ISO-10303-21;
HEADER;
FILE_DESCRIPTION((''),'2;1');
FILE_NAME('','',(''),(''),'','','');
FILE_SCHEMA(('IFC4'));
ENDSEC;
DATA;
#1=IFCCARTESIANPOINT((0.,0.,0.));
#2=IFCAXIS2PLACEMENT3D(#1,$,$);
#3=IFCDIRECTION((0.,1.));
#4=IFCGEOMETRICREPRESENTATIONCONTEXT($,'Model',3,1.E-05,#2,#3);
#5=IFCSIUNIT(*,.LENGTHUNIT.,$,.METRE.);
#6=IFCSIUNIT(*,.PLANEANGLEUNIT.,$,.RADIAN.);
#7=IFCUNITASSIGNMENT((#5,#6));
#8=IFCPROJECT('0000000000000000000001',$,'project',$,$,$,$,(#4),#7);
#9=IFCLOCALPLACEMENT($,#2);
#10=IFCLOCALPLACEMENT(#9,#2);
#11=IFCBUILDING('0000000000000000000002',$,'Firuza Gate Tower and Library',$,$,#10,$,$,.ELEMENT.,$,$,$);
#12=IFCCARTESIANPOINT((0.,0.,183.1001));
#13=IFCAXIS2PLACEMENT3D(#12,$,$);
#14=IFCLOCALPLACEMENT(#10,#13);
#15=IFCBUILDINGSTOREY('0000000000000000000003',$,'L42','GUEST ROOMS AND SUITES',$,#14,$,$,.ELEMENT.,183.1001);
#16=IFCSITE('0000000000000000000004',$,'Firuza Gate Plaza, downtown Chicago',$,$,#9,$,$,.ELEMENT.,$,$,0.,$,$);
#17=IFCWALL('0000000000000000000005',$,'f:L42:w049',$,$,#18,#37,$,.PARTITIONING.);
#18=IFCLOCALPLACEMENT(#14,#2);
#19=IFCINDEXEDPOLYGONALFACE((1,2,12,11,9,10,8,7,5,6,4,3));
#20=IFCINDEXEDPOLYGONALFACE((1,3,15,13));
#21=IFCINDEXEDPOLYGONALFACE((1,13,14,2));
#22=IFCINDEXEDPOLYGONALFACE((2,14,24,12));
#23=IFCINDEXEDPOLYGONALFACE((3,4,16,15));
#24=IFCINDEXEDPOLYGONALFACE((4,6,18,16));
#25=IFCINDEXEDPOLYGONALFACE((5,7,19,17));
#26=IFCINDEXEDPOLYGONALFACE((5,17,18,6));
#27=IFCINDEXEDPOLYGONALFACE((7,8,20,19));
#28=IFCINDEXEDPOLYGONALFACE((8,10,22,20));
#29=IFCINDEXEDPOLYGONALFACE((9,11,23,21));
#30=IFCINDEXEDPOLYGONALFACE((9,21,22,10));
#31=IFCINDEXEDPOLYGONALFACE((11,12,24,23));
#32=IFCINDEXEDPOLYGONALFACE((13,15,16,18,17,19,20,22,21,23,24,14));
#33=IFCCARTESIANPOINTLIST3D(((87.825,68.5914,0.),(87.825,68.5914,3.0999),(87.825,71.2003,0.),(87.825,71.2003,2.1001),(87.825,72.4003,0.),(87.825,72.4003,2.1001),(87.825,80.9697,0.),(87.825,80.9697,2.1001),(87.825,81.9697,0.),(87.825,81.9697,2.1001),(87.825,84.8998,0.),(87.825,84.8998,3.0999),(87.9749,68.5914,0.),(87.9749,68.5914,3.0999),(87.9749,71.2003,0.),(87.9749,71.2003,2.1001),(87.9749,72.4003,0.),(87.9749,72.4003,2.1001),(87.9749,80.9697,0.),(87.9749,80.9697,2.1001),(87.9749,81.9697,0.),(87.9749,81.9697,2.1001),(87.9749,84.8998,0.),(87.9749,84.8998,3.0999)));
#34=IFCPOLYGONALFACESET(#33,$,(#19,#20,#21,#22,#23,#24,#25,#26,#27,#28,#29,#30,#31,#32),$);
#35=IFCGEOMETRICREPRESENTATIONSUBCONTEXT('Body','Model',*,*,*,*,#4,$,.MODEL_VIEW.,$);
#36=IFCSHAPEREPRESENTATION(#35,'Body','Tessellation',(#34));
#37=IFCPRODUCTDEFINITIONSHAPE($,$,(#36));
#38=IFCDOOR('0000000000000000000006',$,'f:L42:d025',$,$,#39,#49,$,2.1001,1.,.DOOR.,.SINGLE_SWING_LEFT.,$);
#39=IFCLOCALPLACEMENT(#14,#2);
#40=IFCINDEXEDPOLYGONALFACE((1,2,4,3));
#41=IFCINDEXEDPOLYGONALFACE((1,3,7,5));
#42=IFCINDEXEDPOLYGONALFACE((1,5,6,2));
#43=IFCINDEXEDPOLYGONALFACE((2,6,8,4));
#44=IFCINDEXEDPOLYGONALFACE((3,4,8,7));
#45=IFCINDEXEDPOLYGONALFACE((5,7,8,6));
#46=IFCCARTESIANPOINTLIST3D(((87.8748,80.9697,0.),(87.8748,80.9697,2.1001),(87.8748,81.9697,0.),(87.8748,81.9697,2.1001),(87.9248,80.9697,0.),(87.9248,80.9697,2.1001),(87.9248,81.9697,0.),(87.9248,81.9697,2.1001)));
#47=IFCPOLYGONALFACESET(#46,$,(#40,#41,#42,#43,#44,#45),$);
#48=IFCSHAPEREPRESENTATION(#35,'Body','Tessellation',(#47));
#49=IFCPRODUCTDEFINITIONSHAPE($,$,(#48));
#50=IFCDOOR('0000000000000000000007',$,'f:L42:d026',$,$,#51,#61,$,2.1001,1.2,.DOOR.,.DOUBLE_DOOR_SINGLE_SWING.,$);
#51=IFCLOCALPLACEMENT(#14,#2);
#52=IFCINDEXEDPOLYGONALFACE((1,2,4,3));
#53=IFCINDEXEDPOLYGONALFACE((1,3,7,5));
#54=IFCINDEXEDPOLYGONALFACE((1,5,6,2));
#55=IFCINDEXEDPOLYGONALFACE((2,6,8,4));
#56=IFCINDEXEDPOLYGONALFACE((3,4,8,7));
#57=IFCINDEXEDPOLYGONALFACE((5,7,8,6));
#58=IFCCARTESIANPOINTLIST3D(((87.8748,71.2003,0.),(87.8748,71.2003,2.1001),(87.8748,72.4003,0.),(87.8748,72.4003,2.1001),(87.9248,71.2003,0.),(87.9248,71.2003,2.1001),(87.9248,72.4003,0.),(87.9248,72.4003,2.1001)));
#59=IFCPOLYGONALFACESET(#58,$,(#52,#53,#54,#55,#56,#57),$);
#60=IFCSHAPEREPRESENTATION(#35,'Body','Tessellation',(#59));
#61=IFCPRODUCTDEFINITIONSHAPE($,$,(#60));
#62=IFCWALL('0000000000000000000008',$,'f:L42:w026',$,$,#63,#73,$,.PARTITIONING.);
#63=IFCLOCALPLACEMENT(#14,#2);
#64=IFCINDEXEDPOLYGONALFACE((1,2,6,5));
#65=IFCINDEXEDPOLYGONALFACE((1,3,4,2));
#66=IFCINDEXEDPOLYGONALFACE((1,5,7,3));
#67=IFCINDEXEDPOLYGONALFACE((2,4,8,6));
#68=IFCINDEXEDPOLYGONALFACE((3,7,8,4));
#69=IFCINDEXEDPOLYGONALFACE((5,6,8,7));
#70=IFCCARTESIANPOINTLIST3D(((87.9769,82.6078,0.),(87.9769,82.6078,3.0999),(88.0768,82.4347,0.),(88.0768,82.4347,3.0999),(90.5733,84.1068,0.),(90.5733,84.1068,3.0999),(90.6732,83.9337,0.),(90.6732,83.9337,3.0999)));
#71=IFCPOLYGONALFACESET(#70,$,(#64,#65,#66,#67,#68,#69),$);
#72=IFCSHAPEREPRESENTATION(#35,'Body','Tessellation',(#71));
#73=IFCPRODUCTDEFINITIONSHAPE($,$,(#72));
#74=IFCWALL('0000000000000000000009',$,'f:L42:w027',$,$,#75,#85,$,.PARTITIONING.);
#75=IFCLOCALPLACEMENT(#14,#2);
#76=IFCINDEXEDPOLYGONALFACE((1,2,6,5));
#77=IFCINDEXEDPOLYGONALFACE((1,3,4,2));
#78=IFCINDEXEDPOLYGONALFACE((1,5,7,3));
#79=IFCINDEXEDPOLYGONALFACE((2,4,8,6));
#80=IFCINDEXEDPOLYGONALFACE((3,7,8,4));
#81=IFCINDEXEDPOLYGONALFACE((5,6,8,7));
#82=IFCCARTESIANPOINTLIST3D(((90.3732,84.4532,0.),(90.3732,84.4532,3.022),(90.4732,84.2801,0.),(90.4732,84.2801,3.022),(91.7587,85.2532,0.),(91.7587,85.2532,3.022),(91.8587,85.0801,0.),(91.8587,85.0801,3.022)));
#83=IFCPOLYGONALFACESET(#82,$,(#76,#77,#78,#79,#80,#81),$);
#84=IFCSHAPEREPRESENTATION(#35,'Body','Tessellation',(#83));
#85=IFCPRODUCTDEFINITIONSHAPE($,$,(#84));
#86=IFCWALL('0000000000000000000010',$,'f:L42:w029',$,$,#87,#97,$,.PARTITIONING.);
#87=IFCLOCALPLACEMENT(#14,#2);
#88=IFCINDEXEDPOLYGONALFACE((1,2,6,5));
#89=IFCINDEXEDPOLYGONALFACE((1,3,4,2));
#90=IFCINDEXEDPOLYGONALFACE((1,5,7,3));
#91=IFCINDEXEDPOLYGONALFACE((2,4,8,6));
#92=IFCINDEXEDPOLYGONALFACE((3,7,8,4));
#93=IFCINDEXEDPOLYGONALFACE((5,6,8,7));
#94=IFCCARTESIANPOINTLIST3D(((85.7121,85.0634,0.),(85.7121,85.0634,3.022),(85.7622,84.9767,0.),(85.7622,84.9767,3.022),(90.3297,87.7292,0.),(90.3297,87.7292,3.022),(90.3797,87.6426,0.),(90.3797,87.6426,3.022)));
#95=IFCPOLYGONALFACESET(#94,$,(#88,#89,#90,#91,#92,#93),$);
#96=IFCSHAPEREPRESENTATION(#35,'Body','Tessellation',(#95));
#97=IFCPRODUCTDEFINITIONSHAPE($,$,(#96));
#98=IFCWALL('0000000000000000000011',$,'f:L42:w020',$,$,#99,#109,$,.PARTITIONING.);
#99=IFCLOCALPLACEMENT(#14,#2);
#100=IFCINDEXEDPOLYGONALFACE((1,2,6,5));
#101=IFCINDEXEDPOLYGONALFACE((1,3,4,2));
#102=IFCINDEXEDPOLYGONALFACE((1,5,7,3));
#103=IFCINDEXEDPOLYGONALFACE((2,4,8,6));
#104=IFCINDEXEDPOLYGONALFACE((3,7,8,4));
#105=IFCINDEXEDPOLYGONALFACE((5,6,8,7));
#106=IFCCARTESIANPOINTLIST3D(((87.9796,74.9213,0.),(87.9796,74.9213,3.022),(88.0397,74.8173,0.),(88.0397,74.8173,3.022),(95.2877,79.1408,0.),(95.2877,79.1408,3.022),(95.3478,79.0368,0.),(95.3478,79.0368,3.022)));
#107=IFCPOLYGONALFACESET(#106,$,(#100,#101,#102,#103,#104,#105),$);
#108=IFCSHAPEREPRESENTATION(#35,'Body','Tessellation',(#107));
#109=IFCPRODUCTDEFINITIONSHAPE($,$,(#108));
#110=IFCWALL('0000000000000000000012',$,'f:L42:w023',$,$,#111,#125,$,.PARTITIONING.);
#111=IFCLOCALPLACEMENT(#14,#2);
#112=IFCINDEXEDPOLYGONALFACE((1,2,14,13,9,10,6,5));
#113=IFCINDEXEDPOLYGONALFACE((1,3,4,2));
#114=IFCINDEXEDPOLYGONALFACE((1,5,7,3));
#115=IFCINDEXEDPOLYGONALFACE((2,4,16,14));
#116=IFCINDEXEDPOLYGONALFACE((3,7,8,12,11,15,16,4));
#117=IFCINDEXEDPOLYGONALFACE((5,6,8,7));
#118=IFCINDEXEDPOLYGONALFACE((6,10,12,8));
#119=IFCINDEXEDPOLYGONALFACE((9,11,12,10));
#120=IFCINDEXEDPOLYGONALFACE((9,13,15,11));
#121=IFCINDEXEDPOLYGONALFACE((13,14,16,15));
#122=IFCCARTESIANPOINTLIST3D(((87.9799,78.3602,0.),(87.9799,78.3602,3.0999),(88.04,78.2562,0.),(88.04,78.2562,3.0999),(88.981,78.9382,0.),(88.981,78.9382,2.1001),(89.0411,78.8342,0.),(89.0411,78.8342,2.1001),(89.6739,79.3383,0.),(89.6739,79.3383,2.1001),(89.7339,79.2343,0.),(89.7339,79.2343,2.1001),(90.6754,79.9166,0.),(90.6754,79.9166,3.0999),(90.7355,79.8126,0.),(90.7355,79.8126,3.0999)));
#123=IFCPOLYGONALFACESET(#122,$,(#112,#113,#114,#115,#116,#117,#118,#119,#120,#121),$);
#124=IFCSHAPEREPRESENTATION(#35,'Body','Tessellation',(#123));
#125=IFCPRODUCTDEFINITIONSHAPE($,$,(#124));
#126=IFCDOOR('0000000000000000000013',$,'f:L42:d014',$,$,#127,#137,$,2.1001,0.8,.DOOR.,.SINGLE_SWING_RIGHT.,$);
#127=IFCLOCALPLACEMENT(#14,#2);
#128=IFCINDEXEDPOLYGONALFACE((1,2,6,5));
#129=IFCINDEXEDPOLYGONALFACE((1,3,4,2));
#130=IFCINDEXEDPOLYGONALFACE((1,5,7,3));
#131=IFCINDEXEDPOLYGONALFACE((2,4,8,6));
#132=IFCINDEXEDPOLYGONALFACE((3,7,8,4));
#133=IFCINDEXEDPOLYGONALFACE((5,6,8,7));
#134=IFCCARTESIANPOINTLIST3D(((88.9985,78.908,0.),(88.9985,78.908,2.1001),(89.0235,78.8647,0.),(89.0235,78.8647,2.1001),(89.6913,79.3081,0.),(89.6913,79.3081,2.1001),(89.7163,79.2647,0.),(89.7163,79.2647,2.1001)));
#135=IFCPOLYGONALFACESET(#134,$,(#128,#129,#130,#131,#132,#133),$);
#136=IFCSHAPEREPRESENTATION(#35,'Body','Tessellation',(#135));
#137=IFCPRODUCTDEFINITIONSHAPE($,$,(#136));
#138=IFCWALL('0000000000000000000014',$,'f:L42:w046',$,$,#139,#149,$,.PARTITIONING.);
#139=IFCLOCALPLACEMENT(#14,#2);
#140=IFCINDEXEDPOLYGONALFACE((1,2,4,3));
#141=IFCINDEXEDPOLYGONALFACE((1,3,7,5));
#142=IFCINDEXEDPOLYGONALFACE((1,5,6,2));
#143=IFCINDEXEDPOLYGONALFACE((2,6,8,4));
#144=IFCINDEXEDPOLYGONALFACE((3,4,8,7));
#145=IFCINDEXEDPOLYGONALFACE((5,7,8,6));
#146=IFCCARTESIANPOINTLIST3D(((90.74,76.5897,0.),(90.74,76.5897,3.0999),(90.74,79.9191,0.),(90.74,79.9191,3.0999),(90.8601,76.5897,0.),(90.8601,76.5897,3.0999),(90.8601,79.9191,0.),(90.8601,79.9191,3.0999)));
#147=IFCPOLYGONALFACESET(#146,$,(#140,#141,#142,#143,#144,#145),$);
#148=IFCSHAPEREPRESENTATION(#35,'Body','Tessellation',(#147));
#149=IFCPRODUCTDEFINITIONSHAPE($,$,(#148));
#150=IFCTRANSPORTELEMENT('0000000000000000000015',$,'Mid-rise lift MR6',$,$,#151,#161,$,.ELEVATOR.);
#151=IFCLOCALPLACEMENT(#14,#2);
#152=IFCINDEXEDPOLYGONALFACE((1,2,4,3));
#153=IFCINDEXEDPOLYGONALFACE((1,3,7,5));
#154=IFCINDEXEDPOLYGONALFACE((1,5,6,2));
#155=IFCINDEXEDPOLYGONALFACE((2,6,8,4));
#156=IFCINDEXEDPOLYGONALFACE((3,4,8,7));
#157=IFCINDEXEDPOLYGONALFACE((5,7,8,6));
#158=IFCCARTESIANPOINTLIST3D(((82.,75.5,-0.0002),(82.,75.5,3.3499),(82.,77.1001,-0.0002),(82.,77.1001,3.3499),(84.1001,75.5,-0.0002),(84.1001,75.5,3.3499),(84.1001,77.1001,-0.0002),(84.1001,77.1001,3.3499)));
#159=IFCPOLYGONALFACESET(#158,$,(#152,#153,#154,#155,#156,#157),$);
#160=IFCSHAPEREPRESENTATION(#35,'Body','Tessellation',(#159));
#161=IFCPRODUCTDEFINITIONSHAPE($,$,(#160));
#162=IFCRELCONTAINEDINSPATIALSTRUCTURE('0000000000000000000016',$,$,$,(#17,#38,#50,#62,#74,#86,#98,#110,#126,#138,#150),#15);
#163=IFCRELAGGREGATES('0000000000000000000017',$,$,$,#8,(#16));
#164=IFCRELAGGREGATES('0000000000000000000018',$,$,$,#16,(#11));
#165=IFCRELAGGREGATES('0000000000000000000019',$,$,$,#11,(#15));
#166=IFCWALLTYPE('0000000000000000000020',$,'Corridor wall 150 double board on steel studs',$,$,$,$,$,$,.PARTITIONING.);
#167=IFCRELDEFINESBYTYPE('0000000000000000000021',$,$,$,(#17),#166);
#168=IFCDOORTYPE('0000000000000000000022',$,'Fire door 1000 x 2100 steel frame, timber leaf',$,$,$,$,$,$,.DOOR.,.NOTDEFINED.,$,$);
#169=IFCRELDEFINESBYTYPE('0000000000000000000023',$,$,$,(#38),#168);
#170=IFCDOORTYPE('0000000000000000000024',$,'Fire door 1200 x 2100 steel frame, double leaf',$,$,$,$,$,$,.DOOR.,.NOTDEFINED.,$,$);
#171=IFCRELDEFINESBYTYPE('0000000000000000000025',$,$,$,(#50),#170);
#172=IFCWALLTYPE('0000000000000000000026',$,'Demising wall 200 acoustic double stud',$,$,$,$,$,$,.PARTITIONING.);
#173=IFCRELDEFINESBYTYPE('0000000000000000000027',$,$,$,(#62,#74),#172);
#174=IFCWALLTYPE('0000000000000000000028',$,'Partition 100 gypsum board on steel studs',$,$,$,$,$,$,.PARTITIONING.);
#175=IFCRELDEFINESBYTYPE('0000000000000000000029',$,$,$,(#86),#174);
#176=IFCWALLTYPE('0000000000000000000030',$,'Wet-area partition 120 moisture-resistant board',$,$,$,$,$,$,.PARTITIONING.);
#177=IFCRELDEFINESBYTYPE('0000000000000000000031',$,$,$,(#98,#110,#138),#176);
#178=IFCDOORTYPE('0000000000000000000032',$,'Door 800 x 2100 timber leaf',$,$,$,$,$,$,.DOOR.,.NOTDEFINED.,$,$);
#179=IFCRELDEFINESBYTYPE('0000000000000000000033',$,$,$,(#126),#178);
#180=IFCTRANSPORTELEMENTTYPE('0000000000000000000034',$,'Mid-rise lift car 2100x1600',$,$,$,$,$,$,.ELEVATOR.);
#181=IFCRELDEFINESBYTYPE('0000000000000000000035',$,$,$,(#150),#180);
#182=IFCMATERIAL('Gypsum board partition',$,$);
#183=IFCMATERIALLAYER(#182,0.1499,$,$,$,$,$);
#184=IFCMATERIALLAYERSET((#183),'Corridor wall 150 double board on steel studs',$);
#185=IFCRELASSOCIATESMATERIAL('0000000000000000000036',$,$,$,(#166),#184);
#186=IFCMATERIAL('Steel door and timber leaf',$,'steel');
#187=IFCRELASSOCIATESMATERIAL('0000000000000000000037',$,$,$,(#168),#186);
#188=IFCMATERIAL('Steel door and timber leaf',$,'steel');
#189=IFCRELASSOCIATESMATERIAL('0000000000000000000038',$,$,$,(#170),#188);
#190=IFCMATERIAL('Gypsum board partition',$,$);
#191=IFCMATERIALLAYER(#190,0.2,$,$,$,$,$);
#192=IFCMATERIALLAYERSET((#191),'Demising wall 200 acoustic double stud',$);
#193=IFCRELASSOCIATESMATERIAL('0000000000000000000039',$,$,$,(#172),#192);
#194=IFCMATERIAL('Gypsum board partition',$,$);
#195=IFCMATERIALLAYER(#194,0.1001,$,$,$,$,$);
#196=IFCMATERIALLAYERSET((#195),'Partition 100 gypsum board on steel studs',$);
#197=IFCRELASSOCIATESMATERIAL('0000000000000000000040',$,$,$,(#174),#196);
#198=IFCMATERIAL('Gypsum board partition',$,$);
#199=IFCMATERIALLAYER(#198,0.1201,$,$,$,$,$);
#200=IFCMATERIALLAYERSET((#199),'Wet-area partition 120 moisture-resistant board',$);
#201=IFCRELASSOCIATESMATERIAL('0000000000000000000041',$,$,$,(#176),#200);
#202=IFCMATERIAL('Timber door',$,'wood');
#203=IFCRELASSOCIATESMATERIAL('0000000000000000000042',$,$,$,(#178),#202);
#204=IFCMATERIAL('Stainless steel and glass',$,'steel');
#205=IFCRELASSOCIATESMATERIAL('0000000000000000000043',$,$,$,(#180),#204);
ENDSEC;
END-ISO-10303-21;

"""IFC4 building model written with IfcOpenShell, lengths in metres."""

from ifc_helpers import new_model, si_unit, direction, frame, frame_2d, origin, origin_2d, place, context, subcontext, project, spatial, rectangle, extrude, material, layer, layer_set, type_object, element, fill, save


model = new_model("IFC4")

# Units and contexts
model_context = context("Model", 3, precision=1e-05, world=origin(), true_north=direction((0.0, 1.0)))
body_context = subcontext(model_context, "Body", "Model", "MODEL_VIEW")
ifc_project = project(units=[si_unit("LENGTHUNIT", "METRE"), si_unit("PLANEANGLEUNIT", "RADIAN")], contexts=[model_context])

# Site, building, storey
site_placement = place(None, origin())
site = spatial("IfcSite", under=ifc_project, at=site_placement, Name="Firuza Gate Plaza, downtown Chicago", CompositionType="ELEMENT", RefElevation=0.0)
building_placement = place(site_placement, origin())
building = spatial("IfcBuilding", under=site, at=building_placement, Name="Firuza Gate Tower and Library", CompositionType="ELEMENT")
storey_placement = place(building_placement, frame((0.0, 0.0, 183.1001)))
storey = spatial("IfcBuildingStorey", under=building, at=storey_placement, Name="L42", Description="GUEST ROOMS AND SUITES", CompositionType="ELEMENT", Elevation=183.1001)

# Wall, openings, doors
ifc_material_1 = material(Name="Gypsum board partition")
ifc_layer_1 = layer(ifc_material_1, 0.1499)
ifc_layer_set_1 = layer_set([ifc_layer_1], Name="Corridor wall 150 double board on steel studs")
wall_type_1 = type_object("IfcWallType", Name="Corridor wall 150 double board on steel studs", PredefinedType="PARTITIONING", material=ifc_layer_set_1)
wall_1_placement = place(storey_placement, frame((87.8999, 84.8999, 0.0), z_axis=(0.0, 0.0, 1.0), x_axis=(0.0, -1.0, 0.0)))
wall_1 = element("IfcWall", 1, at=wall_1_placement, inside=storey, type_object=wall_type_1, Name="f:L42:w049", PredefinedType="PARTITIONING", context=body_context, shape_type="SweptSolid", body=[
    extrude(rectangle(XDim=16.3083, YDim=0.1499, at=frame_2d((8.1543, 0.0))), origin(), (0.0, 0.0, 1.0), 3.0999),
])
opening_1_placement = place(wall_1_placement, frame((2.9302, 0.0, 0.0)))
opening_1 = element("IfcOpeningElement", 2, at=opening_1_placement, cuts=wall_1, PredefinedType="OPENING", context=body_context, shape_type="SweptSolid", body=[
    extrude(rectangle(XDim=1.0, YDim=2.1001, at=frame_2d((0.5, 1.05))), frame((0.0, 0.085, 0.0), z_axis=(0.0, -1.0, 0.0), x_axis=(1.0, 0.0, 0.0)), (0.0, 0.0, 1.0), 0.1699),
])
opening_2_placement = place(wall_1_placement, frame((12.4995, 0.0, 0.0)))
opening_2 = element("IfcOpeningElement", 3, at=opening_2_placement, cuts=wall_1, PredefinedType="OPENING", context=body_context, shape_type="SweptSolid", body=[
    extrude(rectangle(XDim=1.2, YDim=2.1001, at=frame_2d((0.6001, 1.05))), frame((0.0, 0.085, 0.0), z_axis=(0.0, -1.0, 0.0), x_axis=(1.0, 0.0, 0.0)), (0.0, 0.0, 1.0), 0.1699),
])
ifc_material_2 = material(Name="Steel door and timber leaf", Category="steel")
door_type_1 = type_object("IfcDoorType", Name="Fire door 1000 x 2100 steel frame, timber leaf", OperationType="NOTDEFINED", PredefinedType="DOOR", material=ifc_material_2)
door_1_placement = place(opening_1_placement, origin())
door_1 = element("IfcDoor", 4, at=door_1_placement, inside=storey, type_object=door_type_1, Name="f:L42:d025", OperationType="SINGLE_SWING_LEFT", OverallHeight=2.1001, OverallWidth=1.0, PredefinedType="DOOR", context=body_context, shape_type="SweptSolid", body=[
    extrude(rectangle(XDim=1.0, YDim=2.1001, at=frame_2d((0.5, 1.05))), frame((0.0, 0.0249, 0.0), z_axis=(0.0, -1.0, 0.0), x_axis=(1.0, 0.0, 0.0)), (0.0, 0.0, 1.0), 0.05),
])
fill(opening_1, door_1)
ifc_material_3 = material(Name="Steel door and timber leaf", Category="steel")
door_type_2 = type_object("IfcDoorType", Name="Fire door 1200 x 2100 steel frame, double leaf", OperationType="NOTDEFINED", PredefinedType="DOOR", material=ifc_material_3)
door_2_placement = place(opening_2_placement, origin())
door_2 = element("IfcDoor", 5, at=door_2_placement, inside=storey, type_object=door_type_2, Name="f:L42:d026", OperationType="DOUBLE_DOOR_SINGLE_SWING", OverallHeight=2.1001, OverallWidth=1.2, PredefinedType="DOOR", context=body_context, shape_type="SweptSolid", body=[
    extrude(rectangle(XDim=1.2, YDim=2.1001, at=frame_2d((0.6001, 1.05))), frame((0.0, 0.0249, 0.0), z_axis=(0.0, -1.0, 0.0), x_axis=(1.0, 0.0, 0.0)), (0.0, 0.0, 1.0), 0.05),
])
fill(opening_2, door_2)

# Walls
ifc_material_4 = material(Name="Gypsum board partition")
ifc_layer_2 = layer(ifc_material_4, 0.2)
ifc_layer_set_2 = layer_set([ifc_layer_2], Name="Demising wall 200 acoustic double stud")
wall_type_2 = type_object("IfcWallType", Name="Demising wall 200 acoustic double stud", PredefinedType="PARTITIONING", material=ifc_layer_set_2)
wall_2_placement = place(storey_placement, frame((88.0269, 82.5212, 0.0), z_axis=(0.0, 0.0, 1.0), x_axis=(0.86603, 0.499993, 0.0)))
element("IfcWall", 6, at=wall_2_placement, inside=storey, type_object=wall_type_2, Name="f:L42:w026", PredefinedType="PARTITIONING", context=body_context, shape_type="SweptSolid", body=[
    extrude(rectangle(XDim=2.998, YDim=0.2, at=frame_2d((1.499, 0.0))), origin(), (0.0, 0.0, 1.0), 3.0999),
])
wall_3_placement = place(storey_placement, frame((90.4233, 84.3667, 0.0), z_axis=(0.0, 0.0, 1.0), x_axis=(0.86599, 0.500061, 0.0)))
element("IfcWall", 7, at=wall_3_placement, inside=storey, type_object=wall_type_2, Name="f:L42:w027", PredefinedType="PARTITIONING", context=body_context, shape_type="SweptSolid", body=[
    extrude(rectangle(XDim=1.5999, YDim=0.2, at=frame_2d((0.7998, 0.0))), origin(), (0.0, 0.0, 1.0), 3.022),
])
ifc_material_5 = material(Name="Gypsum board partition")
ifc_layer_3 = layer(ifc_material_5, 0.1001)
ifc_layer_set_3 = layer_set([ifc_layer_3], Name="Partition 100 gypsum board on steel studs")
wall_type_3 = type_object("IfcWallType", Name="Partition 100 gypsum board on steel studs", PredefinedType="PARTITIONING", material=ifc_layer_set_3)
wall_4_placement = place(storey_placement, frame((85.7371, 85.02, 0.0), z_axis=(0.0, 0.0, 1.0), x_axis=(0.866034, 0.499985, 0.0)))
element("IfcWall", 8, at=wall_4_placement, inside=storey, type_object=wall_type_3, Name="f:L42:w029", PredefinedType="PARTITIONING", context=body_context, shape_type="SweptSolid", body=[
    extrude(rectangle(XDim=5.3318, YDim=0.1001, at=frame_2d((2.666, 0.0))), origin(), (0.0, 0.0, 1.0), 3.022),
])
ifc_material_6 = material(Name="Gypsum board partition")
ifc_layer_4 = layer(ifc_material_6, 0.1201)
ifc_layer_set_4 = layer_set([ifc_layer_4], Name="Wet-area partition 120 moisture-resistant board")
wall_type_4 = type_object("IfcWallType", Name="Wet-area partition 120 moisture-resistant board", PredefinedType="PARTITIONING", material=ifc_layer_set_4)
wall_5_placement = place(storey_placement, frame((88.0098, 74.8694, 0.0), z_axis=(0.0, 0.0, 1.0), x_axis=(0.866018, 0.500013, 0.0)))
element("IfcWall", 9, at=wall_5_placement, inside=storey, type_object=wall_type_4, Name="f:L42:w020", PredefinedType="PARTITIONING", context=body_context, shape_type="SweptSolid", body=[
    extrude(rectangle(XDim=8.4387, YDim=0.1201, at=frame_2d((4.2192, 0.0))), origin(), (0.0, 0.0, 1.0), 3.022),
])

# Wall, opening, door
wall_6_placement = place(storey_placement, frame((90.7053, 79.8645, 0.0), z_axis=(0.0, 0.0, 1.0), x_axis=(-0.866009, -0.500028, 0.0)))
wall_6 = element("IfcWall", 10, at=wall_6_placement, inside=storey, type_object=wall_type_4, Name="f:L42:w023", PredefinedType="PARTITIONING", context=body_context, shape_type="SweptSolid", body=[
    extrude(rectangle(XDim=3.1125, YDim=0.1201, at=frame_2d((1.5562, 0.0))), origin(), (0.0, 0.0, 1.0), 3.0999),
])
opening_3_placement = place(wall_6_placement, frame((1.1565, 0.0, 0.0)))
opening_3 = element("IfcOpeningElement", 11, at=opening_3_placement, cuts=wall_6, PredefinedType="OPENING", context=body_context, shape_type="SweptSolid", body=[
    extrude(rectangle(XDim=0.8, YDim=2.1001, at=frame_2d((0.3999, 1.05))), frame((0.0, 0.0701, 0.0), z_axis=(0.0, -1.0, 0.0), x_axis=(1.0, 0.0, 0.0)), (0.0, 0.0, 1.0), 0.1401),
])
ifc_material_7 = material(Name="Timber door", Category="wood")
door_type_3 = type_object("IfcDoorType", Name="Door 800 x 2100 timber leaf", OperationType="NOTDEFINED", PredefinedType="DOOR", material=ifc_material_7)
door_3_placement = place(opening_3_placement, origin())
door_3 = element("IfcDoor", 12, at=door_3_placement, inside=storey, type_object=door_type_3, Name="f:L42:d014", OperationType="SINGLE_SWING_RIGHT", OverallHeight=2.1001, OverallWidth=0.8, PredefinedType="DOOR", context=body_context, shape_type="SweptSolid", body=[
    extrude(rectangle(XDim=0.8, YDim=2.1001, at=frame_2d((0.3999, 1.05))), frame((0.0, 0.0249, 0.0), z_axis=(0.0, -1.0, 0.0), x_axis=(1.0, 0.0, 0.0)), (0.0, 0.0, 1.0), 0.05),
])
fill(opening_3, door_3)

# Wall
wall_7_placement = place(storey_placement, frame((90.8, 76.5898, 0.0), z_axis=(0.0, 0.0, 1.0), x_axis=(0.0, 1.0, 0.0)))
element("IfcWall", 13, at=wall_7_placement, inside=storey, type_object=wall_type_4, Name="f:L42:w046", PredefinedType="PARTITIONING", context=body_context, shape_type="SweptSolid", body=[
    extrude(rectangle(XDim=3.3293, YDim=0.1201, at=frame_2d((1.6646, 0.0))), origin(), (0.0, 0.0, 1.0), 3.0999),
])

# Transport element
ifc_material_8 = material(Name="Stainless steel and glass", Category="steel")
transport_element_type = type_object("IfcTransportElementType", Name="Mid-rise lift car 2100x1600", PredefinedType="ELEVATOR", material=ifc_material_8)
transport_element_placement = place(storey_placement, frame((83.05, 76.3, -0.0002), z_axis=(0.0, 0.0, 1.0), x_axis=(1.0, 0.0, 0.0)))
element("IfcTransportElement", 14, at=transport_element_placement, inside=storey, type_object=transport_element_type, Name="Mid-rise lift MR6", PredefinedType="ELEVATOR", context=body_context, shape_type="SweptSolid", body=[
    extrude(rectangle(XDim=2.1001, YDim=1.6001, at=origin_2d()), origin(), (0.0, 0.0, 1.0), 3.3501),
])

save(model, "model.ifc")
